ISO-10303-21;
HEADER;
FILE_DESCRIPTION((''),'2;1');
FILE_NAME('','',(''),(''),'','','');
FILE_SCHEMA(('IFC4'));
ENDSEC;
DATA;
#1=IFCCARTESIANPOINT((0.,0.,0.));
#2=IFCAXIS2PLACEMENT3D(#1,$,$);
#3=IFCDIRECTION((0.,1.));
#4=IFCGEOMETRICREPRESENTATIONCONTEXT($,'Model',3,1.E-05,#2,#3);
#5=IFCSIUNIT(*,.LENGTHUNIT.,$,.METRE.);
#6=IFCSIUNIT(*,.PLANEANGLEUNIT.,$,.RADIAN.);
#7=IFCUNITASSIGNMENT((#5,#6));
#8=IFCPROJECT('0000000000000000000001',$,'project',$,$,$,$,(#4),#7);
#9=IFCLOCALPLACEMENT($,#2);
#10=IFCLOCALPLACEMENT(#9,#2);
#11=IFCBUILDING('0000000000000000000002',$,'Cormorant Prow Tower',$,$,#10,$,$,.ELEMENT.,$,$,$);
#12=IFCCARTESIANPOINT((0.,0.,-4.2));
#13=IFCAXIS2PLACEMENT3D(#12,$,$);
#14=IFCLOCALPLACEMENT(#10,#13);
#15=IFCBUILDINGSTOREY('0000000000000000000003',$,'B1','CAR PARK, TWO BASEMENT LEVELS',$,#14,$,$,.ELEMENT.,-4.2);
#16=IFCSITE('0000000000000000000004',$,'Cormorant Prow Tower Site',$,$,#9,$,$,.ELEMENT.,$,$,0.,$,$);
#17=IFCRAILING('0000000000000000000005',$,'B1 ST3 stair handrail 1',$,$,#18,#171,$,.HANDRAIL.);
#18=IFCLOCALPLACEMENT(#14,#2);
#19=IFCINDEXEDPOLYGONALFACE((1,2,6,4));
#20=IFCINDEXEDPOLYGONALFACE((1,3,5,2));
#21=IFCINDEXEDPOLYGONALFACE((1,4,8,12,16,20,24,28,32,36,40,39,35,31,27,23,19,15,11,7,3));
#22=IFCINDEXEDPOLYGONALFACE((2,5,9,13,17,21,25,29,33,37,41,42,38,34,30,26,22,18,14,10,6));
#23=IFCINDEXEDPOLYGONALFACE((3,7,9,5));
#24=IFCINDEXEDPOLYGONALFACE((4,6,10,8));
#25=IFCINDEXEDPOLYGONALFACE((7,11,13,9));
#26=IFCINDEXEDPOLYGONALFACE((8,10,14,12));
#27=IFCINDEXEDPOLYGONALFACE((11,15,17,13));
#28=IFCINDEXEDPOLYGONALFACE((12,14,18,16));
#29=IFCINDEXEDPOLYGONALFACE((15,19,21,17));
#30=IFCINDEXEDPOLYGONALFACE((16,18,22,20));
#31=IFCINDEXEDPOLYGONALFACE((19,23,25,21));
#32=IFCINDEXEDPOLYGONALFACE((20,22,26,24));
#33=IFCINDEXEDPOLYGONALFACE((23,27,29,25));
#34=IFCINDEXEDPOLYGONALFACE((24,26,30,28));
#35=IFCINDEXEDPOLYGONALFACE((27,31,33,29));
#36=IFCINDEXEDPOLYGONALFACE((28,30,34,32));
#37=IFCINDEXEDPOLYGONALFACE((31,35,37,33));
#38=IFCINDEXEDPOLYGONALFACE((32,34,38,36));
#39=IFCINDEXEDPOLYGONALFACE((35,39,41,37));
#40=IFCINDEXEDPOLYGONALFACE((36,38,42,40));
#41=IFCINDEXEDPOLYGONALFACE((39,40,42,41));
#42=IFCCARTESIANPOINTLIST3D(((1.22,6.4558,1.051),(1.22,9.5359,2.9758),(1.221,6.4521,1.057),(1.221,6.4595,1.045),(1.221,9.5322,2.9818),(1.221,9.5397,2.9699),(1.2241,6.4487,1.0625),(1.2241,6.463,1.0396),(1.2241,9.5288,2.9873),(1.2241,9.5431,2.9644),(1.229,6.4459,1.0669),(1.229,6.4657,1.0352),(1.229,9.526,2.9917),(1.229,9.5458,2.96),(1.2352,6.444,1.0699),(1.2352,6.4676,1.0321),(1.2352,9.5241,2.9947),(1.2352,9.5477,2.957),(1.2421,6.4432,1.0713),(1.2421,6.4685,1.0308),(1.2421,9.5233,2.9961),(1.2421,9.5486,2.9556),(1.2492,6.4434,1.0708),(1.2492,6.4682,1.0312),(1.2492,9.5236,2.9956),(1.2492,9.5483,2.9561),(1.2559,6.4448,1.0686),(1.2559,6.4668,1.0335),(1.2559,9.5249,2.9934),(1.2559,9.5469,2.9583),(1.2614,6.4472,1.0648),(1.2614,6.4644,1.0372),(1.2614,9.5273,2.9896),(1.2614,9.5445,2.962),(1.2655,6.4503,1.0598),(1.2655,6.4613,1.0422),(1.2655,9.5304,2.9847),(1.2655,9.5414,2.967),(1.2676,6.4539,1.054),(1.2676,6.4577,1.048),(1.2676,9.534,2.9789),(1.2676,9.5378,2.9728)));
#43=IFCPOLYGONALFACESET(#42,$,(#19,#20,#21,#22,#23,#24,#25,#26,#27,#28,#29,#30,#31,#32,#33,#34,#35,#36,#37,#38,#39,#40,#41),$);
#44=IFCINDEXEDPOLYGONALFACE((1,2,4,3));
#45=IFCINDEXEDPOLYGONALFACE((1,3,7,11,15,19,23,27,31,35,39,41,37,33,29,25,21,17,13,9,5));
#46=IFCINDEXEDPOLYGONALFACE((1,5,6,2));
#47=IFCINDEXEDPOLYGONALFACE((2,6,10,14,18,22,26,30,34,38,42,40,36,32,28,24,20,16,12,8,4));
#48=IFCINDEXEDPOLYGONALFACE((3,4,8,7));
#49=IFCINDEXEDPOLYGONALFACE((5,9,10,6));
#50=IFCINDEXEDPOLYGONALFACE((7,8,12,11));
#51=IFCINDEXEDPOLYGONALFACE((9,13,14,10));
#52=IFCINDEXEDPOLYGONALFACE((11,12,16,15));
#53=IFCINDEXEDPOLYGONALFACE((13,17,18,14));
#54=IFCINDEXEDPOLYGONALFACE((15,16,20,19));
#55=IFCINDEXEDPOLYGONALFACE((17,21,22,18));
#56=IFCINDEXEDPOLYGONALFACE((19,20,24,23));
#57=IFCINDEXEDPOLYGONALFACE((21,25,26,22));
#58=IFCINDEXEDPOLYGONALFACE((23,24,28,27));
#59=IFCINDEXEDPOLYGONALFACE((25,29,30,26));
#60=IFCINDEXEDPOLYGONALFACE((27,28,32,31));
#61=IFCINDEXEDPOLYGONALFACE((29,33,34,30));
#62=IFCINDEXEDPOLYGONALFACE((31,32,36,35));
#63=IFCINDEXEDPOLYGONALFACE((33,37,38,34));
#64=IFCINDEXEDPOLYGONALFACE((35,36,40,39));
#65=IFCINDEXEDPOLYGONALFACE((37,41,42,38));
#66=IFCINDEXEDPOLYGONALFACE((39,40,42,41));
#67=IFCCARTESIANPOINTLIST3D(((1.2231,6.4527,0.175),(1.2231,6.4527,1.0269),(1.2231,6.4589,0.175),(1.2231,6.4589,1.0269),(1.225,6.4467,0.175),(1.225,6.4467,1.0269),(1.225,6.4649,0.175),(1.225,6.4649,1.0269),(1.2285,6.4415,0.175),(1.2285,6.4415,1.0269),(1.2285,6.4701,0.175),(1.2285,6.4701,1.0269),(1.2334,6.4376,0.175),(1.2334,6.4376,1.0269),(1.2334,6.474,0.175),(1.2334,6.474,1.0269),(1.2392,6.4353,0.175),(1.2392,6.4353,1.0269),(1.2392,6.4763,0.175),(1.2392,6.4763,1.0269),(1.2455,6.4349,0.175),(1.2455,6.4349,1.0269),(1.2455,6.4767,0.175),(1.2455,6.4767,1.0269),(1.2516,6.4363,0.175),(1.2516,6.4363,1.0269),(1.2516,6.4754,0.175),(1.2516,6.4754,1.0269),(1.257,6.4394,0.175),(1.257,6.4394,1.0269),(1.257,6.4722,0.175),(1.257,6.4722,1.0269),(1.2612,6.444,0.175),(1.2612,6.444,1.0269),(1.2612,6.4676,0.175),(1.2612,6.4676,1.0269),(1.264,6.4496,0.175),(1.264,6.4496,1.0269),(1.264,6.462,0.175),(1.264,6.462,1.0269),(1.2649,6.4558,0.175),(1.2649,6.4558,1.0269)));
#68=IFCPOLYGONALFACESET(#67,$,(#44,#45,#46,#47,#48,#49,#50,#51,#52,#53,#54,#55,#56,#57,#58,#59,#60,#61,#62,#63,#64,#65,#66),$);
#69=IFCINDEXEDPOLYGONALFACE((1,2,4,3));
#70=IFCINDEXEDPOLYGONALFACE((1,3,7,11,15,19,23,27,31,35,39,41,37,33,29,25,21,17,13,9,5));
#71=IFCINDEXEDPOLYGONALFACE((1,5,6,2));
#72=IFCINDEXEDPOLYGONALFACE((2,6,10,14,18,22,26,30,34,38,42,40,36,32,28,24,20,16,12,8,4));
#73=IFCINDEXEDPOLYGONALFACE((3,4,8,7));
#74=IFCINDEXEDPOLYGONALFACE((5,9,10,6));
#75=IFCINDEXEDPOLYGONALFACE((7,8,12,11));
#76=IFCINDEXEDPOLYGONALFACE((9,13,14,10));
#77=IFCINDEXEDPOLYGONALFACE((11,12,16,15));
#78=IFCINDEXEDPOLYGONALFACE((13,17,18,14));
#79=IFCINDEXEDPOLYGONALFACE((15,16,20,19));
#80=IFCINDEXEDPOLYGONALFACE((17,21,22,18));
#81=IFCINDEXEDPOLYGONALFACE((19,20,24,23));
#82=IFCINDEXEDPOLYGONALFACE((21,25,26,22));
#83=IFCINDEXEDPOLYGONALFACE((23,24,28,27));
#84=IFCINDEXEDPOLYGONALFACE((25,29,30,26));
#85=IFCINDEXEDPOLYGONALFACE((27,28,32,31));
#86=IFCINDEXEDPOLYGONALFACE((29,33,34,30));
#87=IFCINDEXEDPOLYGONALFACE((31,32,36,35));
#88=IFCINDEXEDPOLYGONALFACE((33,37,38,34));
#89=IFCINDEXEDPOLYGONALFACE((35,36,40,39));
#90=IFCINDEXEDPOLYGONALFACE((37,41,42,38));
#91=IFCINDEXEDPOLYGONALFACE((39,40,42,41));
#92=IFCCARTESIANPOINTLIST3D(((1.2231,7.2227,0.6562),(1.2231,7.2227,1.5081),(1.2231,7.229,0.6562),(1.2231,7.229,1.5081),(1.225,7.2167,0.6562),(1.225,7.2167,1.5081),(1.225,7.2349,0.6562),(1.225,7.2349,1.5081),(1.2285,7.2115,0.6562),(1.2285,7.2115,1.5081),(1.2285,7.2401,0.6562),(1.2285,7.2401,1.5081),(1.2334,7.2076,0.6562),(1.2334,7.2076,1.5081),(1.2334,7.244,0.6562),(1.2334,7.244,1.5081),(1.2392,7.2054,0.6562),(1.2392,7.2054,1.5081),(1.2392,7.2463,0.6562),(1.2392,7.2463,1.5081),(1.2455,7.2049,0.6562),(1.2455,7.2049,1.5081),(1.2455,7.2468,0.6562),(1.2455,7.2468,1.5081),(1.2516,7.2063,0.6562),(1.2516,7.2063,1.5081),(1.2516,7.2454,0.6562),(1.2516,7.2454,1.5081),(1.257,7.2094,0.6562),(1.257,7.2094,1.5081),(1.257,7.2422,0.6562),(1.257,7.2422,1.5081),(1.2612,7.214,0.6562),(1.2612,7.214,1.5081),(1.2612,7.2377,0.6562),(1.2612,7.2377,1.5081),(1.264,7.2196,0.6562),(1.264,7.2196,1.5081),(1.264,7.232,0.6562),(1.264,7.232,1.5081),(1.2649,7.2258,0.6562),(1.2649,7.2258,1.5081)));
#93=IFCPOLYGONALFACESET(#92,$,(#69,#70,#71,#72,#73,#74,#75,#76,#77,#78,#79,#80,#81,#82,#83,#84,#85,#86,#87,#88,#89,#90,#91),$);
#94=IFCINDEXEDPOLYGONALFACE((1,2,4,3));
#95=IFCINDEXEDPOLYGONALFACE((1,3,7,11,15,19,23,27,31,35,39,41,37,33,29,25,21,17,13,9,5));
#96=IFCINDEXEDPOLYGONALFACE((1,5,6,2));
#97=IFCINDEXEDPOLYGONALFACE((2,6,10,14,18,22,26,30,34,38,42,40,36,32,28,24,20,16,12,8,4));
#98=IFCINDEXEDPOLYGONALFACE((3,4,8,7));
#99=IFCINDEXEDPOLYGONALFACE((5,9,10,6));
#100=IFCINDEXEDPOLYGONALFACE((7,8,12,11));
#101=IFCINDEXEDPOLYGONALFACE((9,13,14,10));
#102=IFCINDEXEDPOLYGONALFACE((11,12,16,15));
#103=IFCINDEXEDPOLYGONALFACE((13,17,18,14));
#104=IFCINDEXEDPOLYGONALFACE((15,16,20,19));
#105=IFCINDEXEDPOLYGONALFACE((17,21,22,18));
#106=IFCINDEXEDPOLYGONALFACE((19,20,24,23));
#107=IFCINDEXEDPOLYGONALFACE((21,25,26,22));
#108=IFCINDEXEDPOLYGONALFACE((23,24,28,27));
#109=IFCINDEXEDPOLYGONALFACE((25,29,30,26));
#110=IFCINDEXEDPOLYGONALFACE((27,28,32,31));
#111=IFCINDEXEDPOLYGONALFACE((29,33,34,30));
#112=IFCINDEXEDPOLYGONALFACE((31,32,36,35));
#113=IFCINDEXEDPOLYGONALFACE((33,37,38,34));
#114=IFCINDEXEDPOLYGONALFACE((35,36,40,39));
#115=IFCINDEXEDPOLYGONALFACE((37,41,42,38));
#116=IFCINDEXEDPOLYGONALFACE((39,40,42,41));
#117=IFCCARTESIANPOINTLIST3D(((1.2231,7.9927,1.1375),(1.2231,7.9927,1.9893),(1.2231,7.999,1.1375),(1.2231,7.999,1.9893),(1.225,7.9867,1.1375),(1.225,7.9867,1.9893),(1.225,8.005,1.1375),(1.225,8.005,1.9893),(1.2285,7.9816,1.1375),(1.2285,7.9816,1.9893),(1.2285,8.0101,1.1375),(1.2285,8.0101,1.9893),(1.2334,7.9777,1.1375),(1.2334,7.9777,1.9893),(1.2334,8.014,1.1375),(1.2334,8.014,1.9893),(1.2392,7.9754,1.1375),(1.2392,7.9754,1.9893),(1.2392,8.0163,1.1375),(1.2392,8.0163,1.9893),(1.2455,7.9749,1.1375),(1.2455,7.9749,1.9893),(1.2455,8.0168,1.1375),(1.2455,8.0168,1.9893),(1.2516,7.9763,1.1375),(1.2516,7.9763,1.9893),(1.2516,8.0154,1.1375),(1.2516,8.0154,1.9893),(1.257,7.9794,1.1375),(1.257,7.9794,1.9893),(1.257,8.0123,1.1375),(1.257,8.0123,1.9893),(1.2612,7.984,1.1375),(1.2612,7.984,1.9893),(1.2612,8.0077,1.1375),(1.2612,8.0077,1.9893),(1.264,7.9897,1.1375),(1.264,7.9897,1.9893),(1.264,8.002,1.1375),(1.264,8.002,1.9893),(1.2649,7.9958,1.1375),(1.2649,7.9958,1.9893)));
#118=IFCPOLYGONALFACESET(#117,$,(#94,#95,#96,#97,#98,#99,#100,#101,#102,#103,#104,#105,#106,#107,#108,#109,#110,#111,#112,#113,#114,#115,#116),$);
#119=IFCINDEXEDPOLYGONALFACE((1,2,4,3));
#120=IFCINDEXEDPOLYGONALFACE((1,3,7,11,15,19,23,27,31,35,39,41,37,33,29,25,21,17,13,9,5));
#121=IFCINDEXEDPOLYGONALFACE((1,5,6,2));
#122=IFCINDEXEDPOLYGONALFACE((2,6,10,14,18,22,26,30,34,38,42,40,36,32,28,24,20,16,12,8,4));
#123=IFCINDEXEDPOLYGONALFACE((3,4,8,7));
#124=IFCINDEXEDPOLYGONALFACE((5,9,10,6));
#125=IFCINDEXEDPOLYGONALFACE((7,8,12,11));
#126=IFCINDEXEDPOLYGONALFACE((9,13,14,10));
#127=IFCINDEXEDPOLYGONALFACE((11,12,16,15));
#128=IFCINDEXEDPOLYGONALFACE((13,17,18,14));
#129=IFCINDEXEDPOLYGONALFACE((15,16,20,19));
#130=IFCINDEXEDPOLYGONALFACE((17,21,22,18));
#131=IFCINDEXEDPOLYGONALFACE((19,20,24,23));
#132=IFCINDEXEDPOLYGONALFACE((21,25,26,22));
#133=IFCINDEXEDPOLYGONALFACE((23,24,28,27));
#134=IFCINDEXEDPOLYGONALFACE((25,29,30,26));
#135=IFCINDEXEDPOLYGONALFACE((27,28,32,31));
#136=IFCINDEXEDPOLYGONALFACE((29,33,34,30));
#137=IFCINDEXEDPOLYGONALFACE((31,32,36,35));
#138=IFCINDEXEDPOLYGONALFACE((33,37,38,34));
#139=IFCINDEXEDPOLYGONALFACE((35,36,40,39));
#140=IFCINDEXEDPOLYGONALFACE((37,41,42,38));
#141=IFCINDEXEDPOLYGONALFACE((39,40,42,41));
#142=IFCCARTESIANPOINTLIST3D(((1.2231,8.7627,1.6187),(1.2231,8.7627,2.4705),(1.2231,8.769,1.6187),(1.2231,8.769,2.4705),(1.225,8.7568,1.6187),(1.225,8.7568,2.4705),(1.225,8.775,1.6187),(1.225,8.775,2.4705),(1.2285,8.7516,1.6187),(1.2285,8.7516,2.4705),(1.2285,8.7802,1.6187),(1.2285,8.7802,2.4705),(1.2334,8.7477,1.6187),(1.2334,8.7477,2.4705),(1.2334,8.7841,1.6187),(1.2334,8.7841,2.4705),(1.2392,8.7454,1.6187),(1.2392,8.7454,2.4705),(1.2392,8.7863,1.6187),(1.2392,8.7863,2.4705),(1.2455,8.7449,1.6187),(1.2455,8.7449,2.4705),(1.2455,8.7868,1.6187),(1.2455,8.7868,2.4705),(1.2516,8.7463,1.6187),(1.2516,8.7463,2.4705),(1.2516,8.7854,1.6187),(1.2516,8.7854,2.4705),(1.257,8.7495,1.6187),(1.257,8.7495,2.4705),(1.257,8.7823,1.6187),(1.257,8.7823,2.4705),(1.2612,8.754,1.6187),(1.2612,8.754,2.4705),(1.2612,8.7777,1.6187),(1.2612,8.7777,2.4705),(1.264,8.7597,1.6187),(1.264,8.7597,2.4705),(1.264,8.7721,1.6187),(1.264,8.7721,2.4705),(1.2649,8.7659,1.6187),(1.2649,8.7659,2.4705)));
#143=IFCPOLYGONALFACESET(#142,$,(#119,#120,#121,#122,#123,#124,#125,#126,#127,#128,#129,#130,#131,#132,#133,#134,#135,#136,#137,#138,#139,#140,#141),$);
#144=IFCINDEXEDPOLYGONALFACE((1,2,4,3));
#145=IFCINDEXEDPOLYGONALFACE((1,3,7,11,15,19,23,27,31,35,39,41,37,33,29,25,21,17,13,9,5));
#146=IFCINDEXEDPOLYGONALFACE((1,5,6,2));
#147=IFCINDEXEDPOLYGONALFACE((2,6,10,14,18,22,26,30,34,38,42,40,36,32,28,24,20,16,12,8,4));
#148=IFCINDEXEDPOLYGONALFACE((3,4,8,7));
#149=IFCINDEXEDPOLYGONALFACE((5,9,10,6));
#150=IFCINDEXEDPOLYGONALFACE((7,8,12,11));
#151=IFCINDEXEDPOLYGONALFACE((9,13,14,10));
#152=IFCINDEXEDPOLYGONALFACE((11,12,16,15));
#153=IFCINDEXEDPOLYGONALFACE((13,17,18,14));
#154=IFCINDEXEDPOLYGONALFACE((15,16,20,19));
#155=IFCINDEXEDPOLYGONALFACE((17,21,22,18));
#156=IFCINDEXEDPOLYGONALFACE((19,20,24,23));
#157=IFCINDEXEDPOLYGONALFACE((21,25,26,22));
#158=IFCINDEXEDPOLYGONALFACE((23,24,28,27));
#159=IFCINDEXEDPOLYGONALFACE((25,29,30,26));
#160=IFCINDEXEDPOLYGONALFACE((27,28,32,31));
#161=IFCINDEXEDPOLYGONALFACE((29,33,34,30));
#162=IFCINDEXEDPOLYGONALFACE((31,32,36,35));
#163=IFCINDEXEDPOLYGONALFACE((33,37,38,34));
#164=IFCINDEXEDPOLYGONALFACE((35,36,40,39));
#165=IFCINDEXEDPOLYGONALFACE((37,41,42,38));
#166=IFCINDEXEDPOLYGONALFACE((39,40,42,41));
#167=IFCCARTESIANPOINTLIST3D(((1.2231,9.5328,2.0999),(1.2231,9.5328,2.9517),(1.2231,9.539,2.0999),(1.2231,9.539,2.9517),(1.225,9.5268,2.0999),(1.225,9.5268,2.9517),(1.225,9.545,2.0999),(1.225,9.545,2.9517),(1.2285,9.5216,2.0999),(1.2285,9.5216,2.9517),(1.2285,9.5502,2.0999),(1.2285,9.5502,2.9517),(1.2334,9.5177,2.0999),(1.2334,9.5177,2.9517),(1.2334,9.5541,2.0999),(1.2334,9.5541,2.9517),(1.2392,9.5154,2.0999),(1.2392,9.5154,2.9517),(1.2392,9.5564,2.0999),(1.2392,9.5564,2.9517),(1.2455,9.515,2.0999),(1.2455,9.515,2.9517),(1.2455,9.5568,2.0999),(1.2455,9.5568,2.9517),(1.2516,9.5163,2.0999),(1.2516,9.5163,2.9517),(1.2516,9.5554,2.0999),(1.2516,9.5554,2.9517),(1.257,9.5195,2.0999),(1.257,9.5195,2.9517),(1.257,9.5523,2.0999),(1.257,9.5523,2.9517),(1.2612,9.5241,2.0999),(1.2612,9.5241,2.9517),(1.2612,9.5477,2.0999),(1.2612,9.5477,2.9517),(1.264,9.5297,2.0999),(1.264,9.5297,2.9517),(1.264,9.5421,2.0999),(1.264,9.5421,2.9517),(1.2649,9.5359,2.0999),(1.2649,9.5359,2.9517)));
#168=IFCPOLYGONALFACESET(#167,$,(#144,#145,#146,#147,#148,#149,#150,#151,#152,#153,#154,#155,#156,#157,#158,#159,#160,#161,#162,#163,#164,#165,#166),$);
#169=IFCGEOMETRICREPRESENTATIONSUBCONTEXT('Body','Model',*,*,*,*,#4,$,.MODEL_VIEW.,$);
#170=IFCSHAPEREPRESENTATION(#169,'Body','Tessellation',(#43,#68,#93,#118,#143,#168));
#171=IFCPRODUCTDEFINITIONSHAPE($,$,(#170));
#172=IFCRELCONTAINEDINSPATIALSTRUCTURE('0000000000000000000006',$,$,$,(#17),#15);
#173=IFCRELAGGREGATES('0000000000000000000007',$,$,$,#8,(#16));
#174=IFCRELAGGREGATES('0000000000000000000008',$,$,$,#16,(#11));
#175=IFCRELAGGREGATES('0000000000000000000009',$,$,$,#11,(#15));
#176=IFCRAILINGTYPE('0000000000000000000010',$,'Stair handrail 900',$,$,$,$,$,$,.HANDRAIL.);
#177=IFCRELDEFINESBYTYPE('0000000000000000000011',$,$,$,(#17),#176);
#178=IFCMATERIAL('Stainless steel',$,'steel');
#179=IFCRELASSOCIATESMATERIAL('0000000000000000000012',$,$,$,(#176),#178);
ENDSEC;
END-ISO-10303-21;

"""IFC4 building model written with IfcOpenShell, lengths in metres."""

from ifc_helpers import new_model, si_unit, direction, frame, origin, origin_2d, place, context, subcontext, project, spatial, circle, extrude, material, type_object, element, save


model = new_model("IFC4")

# Units and contexts
model_context = context("Model", 3, precision=1e-05, world=origin(), true_north=direction((0.0, 1.0)))
body_context = subcontext(model_context, "Body", "Model", "MODEL_VIEW")
ifc_project = project(units=[si_unit("LENGTHUNIT", "METRE"), si_unit("PLANEANGLEUNIT", "RADIAN")], contexts=[model_context])

# Site, building, storey
site_placement = place(None, origin())
site = spatial("IfcSite", under=ifc_project, at=site_placement, Name="Cormorant Prow Tower Site", CompositionType="ELEMENT", RefElevation=0.0)
building_placement = place(site_placement, origin())
building = spatial("IfcBuilding", under=site, at=building_placement, Name="Cormorant Prow Tower", CompositionType="ELEMENT")
storey_placement = place(building_placement, frame((0.0, 0.0, -4.2)))
storey = spatial("IfcBuildingStorey", under=building, at=storey_placement, Name="B1", Description="CAR PARK, TWO BASEMENT LEVELS", CompositionType="ELEMENT", Elevation=-4.2)

# Railing
ifc_material_1 = material(Name="Stainless steel", Category="steel")
railing_type_1 = type_object("IfcRailingType", Name="Stair handrail 900", PredefinedType="HANDRAIL", material=ifc_material_1)
railing_1_placement = place(storey_placement, frame((1.2439, 6.4558, 0.175)))
element("IfcRailing", 1, at=railing_1_placement, inside=storey, type_object=railing_type_1, Name="B1 ST3 stair handrail 1", PredefinedType="HANDRAIL", context=body_context, shape_type="SweptSolid", body=[
    extrude(circle(Radius=0.0239, at=origin_2d()), frame((0.0, 0.0, 0.876), z_axis=(0.0, 0.848029, 0.529951), x_axis=(-1.0, 0.0, 0.0)), (0.0, 0.0, 1.0), 3.6321),
    extrude(circle(Radius=0.021, at=origin_2d()), origin(), (0.0, 0.0, 1.0), 0.8518),
    extrude(circle(Radius=0.021, at=origin_2d()), frame((0.0, 0.77, 0.4812)), (0.0, 0.0, 1.0), 0.8518),
    extrude(circle(Radius=0.021, at=origin_2d()), frame((0.0, 1.54, 0.9624)), (0.0, 0.0, 1.0), 0.8518),
    extrude(circle(Radius=0.021, at=origin_2d()), frame((0.0, 2.3101, 1.4436)), (0.0, 0.0, 1.0), 0.8518),
    extrude(circle(Radius=0.021, at=origin_2d()), frame((0.0, 3.0801, 1.9248)), (0.0, 0.0, 1.0), 0.8518),
])

save(model, "model.ifc")
